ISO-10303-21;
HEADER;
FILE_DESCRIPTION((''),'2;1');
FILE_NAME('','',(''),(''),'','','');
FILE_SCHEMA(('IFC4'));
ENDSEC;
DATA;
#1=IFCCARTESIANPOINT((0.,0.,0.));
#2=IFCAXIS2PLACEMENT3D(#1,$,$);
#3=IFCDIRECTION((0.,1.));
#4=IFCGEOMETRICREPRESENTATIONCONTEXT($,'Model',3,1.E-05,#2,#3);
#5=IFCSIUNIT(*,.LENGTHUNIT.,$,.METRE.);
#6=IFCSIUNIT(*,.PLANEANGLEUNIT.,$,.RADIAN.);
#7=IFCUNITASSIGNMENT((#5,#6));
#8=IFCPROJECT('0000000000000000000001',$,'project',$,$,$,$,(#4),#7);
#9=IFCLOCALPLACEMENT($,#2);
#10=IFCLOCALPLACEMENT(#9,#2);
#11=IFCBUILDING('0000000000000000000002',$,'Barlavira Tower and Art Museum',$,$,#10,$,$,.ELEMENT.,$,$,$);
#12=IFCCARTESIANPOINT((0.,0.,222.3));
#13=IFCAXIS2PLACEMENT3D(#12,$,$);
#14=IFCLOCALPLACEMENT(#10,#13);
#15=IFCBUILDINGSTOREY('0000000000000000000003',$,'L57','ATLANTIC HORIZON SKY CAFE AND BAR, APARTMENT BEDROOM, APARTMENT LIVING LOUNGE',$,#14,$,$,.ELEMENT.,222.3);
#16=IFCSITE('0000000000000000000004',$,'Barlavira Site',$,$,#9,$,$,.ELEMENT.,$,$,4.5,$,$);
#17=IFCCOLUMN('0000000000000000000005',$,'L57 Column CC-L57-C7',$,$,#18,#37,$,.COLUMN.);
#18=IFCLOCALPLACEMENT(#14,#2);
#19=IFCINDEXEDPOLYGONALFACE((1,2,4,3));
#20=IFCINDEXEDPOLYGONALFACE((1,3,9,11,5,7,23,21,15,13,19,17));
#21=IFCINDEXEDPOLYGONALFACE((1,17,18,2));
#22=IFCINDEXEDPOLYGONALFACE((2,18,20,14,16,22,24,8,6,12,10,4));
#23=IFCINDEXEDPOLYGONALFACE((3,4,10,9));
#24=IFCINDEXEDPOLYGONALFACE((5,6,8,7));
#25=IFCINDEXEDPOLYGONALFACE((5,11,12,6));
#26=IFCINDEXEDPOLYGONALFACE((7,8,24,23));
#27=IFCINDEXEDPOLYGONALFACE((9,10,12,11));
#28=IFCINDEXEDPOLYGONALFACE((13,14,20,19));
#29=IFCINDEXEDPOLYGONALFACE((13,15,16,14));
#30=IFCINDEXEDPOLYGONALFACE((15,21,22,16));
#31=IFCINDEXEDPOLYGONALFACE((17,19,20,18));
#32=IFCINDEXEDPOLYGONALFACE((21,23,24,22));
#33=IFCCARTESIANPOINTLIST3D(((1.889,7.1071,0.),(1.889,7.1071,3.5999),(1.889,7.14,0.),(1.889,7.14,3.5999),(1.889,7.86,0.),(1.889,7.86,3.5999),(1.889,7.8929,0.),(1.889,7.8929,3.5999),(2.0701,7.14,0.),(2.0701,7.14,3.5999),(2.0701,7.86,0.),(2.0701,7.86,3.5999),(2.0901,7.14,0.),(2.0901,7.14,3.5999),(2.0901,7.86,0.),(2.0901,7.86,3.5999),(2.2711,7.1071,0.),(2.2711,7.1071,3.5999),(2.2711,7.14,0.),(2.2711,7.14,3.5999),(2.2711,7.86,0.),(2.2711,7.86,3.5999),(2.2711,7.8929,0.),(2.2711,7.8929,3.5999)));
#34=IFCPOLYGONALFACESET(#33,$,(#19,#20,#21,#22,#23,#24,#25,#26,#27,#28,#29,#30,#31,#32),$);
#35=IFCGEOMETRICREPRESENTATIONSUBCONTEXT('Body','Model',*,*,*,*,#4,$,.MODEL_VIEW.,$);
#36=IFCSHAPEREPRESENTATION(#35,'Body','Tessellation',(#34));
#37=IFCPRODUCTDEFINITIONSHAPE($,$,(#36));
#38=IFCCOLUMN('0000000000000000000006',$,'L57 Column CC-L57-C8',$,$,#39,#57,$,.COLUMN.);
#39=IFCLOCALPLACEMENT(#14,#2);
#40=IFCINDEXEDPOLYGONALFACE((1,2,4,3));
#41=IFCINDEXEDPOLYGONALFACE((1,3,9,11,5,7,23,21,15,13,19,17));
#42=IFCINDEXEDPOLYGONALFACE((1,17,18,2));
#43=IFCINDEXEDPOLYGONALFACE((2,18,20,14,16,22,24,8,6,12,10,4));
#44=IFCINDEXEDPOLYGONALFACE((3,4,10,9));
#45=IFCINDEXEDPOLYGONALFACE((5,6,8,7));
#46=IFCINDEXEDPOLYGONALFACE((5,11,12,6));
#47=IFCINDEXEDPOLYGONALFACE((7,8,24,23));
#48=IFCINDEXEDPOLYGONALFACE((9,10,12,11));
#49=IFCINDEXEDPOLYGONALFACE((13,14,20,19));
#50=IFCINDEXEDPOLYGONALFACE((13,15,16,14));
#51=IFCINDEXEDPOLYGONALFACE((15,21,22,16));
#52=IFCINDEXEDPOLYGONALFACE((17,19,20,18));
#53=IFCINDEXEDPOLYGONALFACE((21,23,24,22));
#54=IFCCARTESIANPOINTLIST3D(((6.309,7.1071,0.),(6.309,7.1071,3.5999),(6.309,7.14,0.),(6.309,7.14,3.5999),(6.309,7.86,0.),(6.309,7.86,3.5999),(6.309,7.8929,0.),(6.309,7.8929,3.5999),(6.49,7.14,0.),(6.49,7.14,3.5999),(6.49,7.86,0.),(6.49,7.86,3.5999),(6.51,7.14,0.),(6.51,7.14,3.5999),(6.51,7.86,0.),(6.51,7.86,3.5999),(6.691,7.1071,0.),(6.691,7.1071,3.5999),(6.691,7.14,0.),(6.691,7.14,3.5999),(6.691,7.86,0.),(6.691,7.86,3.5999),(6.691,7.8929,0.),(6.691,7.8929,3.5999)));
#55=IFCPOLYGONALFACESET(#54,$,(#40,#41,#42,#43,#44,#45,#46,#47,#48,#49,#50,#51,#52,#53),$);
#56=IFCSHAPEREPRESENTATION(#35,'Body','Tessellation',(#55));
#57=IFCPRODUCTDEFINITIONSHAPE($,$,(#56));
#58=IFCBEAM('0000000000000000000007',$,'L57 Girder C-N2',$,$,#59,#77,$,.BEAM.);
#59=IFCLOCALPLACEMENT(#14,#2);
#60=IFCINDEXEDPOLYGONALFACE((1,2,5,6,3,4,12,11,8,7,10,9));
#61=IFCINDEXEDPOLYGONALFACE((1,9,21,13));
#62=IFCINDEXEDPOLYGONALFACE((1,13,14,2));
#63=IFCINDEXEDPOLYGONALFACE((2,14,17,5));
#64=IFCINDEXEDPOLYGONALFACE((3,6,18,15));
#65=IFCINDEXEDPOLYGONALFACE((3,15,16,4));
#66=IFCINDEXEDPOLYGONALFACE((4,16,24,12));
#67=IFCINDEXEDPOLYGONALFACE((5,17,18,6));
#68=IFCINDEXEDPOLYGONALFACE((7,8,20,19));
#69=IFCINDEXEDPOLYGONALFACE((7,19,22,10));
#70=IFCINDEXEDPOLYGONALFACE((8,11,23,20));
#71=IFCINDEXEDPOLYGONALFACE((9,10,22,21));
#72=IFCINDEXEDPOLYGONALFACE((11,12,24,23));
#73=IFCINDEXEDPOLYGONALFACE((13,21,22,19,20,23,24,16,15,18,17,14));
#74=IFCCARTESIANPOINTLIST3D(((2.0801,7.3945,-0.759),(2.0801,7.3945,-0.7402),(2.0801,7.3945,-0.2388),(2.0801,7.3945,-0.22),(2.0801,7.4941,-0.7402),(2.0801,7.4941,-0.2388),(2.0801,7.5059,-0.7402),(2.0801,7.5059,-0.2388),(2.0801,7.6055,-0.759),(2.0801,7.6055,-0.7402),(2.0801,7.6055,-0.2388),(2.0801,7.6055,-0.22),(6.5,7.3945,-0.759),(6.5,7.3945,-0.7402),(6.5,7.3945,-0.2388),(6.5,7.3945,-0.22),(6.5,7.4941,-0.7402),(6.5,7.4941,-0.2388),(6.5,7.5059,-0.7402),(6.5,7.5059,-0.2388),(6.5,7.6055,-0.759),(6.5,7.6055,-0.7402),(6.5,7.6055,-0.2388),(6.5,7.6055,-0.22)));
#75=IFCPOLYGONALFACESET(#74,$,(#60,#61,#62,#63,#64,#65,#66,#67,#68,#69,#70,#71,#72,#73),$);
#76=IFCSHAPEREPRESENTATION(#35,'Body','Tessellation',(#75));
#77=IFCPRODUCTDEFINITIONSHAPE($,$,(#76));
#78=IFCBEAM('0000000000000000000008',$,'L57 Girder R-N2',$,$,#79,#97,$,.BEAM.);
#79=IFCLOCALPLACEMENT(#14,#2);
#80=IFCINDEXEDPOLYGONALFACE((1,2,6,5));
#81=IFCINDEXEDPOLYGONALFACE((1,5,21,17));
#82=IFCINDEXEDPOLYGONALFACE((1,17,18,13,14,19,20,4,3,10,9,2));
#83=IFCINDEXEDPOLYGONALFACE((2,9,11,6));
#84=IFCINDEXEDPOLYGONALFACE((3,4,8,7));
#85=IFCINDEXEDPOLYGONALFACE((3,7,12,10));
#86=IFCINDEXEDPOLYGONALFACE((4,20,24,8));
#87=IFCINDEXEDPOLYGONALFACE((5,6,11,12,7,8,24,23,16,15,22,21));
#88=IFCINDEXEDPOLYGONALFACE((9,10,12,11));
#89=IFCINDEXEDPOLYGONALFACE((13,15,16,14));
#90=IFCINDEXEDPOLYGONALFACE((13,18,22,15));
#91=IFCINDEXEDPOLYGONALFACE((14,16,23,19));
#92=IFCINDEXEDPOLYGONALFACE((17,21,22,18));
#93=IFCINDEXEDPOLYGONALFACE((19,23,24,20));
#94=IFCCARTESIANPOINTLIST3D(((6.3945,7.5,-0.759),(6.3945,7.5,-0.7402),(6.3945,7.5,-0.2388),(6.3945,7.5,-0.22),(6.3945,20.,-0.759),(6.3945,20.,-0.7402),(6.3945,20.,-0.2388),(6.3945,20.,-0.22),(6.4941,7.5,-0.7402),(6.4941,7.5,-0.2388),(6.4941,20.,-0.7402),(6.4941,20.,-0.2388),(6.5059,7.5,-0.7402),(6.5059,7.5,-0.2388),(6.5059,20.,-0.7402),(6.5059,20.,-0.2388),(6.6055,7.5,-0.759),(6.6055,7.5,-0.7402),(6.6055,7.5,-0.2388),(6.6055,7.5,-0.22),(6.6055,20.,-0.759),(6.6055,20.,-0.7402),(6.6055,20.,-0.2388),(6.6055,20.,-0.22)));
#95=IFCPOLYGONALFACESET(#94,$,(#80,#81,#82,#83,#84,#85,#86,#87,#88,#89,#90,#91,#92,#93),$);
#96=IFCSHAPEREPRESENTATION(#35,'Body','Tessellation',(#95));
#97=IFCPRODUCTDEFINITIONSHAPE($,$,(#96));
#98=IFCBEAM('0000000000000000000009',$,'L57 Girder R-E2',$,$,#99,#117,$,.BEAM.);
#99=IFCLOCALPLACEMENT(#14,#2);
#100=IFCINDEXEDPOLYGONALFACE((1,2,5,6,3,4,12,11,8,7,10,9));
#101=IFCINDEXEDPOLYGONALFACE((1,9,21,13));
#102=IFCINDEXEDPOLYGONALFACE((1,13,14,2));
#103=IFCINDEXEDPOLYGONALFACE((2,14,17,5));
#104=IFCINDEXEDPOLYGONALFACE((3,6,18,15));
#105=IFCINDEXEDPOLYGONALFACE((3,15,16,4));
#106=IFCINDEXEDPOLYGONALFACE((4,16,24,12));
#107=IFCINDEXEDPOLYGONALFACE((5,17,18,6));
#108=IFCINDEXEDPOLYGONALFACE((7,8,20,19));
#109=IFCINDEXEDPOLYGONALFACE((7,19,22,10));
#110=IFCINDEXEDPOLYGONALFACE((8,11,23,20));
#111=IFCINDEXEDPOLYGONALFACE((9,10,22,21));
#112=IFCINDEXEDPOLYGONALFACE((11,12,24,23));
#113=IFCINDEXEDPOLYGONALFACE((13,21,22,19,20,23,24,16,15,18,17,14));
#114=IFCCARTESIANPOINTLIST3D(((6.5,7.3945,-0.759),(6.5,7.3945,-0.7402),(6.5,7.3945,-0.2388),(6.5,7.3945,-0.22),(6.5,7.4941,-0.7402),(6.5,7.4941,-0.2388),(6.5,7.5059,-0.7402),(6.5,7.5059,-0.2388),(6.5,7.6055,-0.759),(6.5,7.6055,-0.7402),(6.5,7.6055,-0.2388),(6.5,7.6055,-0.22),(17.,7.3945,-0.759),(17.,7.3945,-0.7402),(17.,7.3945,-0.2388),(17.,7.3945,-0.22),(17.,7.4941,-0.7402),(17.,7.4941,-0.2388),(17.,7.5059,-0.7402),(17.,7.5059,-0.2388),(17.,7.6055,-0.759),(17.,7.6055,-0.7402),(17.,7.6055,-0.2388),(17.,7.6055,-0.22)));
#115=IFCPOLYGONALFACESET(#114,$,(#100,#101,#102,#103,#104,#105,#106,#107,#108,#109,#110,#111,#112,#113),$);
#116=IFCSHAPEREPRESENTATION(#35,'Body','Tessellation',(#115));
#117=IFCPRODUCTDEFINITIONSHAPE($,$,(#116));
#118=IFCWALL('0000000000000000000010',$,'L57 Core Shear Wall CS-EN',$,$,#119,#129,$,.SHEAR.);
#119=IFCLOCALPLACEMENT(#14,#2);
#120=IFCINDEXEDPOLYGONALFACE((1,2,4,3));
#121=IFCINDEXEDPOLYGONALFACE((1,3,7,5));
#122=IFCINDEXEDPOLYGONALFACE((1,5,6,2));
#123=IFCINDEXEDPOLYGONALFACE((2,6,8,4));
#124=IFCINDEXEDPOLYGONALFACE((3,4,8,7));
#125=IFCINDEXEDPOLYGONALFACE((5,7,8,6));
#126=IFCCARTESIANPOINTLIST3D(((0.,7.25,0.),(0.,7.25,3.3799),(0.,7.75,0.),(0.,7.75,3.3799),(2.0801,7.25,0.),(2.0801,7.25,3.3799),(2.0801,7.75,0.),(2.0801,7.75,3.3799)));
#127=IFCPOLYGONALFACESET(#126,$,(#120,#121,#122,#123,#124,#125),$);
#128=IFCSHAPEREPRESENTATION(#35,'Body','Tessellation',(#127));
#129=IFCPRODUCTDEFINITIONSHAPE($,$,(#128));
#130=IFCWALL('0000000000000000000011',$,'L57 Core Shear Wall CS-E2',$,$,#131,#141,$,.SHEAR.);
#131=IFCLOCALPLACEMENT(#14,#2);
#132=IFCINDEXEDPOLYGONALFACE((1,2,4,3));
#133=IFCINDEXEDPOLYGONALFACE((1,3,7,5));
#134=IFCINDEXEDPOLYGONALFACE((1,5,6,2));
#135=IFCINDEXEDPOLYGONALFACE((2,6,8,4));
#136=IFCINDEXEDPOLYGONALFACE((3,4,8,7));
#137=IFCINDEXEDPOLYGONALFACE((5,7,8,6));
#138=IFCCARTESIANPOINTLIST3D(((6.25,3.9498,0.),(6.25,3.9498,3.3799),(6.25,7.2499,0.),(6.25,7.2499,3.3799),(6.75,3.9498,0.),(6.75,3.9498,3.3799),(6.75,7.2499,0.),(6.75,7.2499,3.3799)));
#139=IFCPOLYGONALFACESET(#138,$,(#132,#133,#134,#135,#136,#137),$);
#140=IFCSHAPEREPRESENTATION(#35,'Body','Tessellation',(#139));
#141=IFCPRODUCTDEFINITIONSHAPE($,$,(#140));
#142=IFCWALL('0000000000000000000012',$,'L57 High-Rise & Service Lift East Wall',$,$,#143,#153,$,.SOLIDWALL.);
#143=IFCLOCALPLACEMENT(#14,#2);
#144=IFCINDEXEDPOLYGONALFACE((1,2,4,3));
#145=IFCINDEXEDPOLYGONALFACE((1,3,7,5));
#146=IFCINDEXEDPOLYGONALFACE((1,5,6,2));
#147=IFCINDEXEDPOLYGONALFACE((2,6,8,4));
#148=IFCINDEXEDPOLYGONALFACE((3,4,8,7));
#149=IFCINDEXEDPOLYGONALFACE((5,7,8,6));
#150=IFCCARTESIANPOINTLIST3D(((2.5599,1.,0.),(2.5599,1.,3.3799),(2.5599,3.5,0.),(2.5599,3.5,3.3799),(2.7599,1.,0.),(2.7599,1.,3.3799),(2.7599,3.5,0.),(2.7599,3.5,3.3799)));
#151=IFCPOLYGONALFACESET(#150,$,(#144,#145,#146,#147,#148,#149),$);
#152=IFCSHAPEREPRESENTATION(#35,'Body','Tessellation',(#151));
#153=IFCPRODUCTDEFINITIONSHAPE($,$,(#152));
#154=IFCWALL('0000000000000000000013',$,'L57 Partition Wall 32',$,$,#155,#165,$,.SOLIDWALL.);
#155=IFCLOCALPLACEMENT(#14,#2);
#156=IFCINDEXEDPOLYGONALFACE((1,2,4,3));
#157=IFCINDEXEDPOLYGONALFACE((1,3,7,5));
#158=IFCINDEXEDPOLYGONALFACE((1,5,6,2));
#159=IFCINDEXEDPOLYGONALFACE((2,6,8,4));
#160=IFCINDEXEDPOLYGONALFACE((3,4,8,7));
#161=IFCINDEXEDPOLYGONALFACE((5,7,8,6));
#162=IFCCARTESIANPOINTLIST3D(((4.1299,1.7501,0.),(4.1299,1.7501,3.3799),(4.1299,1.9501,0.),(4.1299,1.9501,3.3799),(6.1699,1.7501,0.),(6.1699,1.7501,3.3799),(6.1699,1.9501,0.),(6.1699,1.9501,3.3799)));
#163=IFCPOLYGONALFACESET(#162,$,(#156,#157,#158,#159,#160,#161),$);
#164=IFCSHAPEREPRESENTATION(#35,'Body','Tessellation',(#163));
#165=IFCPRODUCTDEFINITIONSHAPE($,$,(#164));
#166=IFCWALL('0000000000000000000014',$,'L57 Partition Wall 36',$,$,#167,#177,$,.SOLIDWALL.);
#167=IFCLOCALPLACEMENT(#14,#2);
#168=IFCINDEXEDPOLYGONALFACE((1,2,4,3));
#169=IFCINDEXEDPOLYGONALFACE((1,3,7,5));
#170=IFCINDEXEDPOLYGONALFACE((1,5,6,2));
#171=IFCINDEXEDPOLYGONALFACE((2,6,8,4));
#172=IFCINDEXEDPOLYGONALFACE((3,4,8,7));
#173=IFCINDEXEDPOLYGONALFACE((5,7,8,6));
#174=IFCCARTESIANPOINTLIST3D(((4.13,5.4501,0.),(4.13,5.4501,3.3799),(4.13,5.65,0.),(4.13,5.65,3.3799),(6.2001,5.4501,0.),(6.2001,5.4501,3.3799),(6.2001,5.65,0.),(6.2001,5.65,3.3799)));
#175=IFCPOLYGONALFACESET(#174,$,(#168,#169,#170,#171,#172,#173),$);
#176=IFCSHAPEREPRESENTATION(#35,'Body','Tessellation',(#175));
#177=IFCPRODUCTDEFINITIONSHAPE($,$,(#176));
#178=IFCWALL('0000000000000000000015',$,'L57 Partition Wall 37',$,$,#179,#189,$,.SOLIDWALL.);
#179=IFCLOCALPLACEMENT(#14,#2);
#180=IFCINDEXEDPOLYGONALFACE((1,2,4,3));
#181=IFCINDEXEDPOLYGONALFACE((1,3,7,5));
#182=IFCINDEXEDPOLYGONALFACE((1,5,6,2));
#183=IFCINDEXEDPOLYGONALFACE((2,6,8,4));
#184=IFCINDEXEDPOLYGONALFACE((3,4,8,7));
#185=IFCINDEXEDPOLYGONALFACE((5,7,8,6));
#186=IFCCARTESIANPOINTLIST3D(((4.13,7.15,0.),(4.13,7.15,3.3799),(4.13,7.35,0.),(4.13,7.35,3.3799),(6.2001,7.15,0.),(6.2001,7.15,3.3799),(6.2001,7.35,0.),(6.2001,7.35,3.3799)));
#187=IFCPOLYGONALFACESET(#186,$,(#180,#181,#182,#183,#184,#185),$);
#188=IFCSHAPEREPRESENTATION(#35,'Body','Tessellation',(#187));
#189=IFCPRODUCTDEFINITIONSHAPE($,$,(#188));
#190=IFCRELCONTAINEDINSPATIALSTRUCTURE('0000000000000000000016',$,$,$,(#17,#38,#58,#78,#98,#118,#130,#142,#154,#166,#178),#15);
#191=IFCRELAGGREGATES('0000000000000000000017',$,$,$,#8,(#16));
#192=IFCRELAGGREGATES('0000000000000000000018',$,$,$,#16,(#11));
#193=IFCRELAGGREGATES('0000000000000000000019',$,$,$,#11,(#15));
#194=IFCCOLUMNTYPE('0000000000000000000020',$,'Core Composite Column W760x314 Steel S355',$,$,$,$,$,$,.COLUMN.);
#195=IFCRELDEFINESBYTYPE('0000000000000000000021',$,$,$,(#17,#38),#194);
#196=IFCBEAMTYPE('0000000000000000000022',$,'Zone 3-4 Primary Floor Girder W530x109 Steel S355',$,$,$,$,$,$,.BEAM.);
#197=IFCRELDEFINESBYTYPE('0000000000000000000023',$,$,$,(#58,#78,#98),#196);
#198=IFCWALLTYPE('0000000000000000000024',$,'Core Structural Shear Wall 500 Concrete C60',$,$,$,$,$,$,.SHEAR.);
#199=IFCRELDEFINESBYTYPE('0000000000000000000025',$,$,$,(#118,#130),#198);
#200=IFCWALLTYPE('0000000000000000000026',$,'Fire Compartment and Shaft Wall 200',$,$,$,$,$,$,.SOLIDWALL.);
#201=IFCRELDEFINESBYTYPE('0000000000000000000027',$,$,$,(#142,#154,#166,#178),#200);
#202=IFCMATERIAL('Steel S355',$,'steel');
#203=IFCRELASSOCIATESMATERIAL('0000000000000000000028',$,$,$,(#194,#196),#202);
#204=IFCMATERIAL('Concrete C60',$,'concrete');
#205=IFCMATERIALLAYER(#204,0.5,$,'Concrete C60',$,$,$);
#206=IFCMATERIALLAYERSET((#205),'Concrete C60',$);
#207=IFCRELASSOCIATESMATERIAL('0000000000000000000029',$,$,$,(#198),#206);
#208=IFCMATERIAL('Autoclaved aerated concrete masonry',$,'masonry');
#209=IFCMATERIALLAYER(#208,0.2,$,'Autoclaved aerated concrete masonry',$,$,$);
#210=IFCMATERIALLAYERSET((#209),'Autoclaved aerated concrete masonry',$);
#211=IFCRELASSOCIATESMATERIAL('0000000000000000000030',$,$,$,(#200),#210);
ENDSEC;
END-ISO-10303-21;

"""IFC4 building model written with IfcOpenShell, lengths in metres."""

from ifc_helpers import new_model, si_unit, direction, frame, frame_2d, origin, origin_2d, place, context, subcontext, project, spatial, rectangle, i_section, extrude, material, layer, layer_set, material_profile, profile_set, type_object, element, save


model = new_model("IFC4")

# Units and contexts
model_context = context("Model", 3, precision=1e-05, world=origin(), true_north=direction((0.0, 1.0)))
body_context = subcontext(model_context, "Body", "Model", "MODEL_VIEW")
ifc_project = project(units=[si_unit("LENGTHUNIT", "METRE"), si_unit("PLANEANGLEUNIT", "RADIAN")], contexts=[model_context])

# Site, building, storey
site_placement = place(None, origin())
site = spatial("IfcSite", under=ifc_project, at=site_placement, Name="Barlavira Site", CompositionType="ELEMENT", RefElevation=4.5)
building_placement = place(site_placement, origin())
building = spatial("IfcBuilding", under=site, at=building_placement, Name="Barlavira Tower and Art Museum", CompositionType="ELEMENT")
storey_placement = place(building_placement, frame((0.0, 0.0, 222.3)))
storey = spatial("IfcBuildingStorey", under=building, at=storey_placement, Name="L57", Description="ATLANTIC HORIZON SKY CAFE AND BAR, APARTMENT BEDROOM, APARTMENT LIVING LOUNGE", CompositionType="ELEMENT", Elevation=222.3)

# Columns
ifc_material_1 = material(Name="Steel S355", Category="steel")
ifc_material_profile_1 = material_profile(ifc_material_1, i_section(OverallWidth=0.3821, OverallDepth=0.7859, WebThickness=0.02, FlangeThickness=0.033, at=origin_2d()), Name="W760x314.0")
ifc_profile_set_1 = profile_set([ifc_material_profile_1], Name="Steel S355")
column_type = type_object("IfcColumnType", Name="Core Composite Column W760x314 Steel S355", PredefinedType="COLUMN", material=ifc_profile_set_1)
for number, where, z_axis, x_axis, name in (
    (1, (2.0801, 7.5, 0.0), (0.0, 0.0, 1.0), (1.0, 0.0, 0.0), "L57 Column CC-L57-C7"),
    (2, (6.5, 7.5, 0.0), (0.0, 0.0, 1.0), (1.0, 0.0, 0.0), "L57 Column CC-L57-C8"),
):
    element("IfcColumn", number, at=place(storey_placement, frame(where, z_axis=z_axis, x_axis=x_axis)), inside=storey, type_object=column_type, Name=name, PredefinedType="COLUMN", context=body_context, shape_type="SweptSolid", body=[
        extrude(i_section(OverallWidth=0.3821, OverallDepth=0.7859, WebThickness=0.02, FlangeThickness=0.033, at=origin_2d()), origin(), (0.0, 0.0, 1.0), 3.5999),
    ])

# Beams
ifc_material_profile_2 = material_profile(ifc_material_1, i_section(OverallWidth=0.2109, OverallDepth=0.5391, WebThickness=0.0117, FlangeThickness=0.0188, at=origin_2d()), Name="W530x109.0")
ifc_profile_set_2 = profile_set([ifc_material_profile_2], Name="Steel S355")
beam_type = type_object("IfcBeamType", Name="Zone 3-4 Primary Floor Girder W530x109 Steel S355", PredefinedType="BEAM", material=ifc_profile_set_2)
beam_1_placement = place(storey_placement, frame((2.0801, 7.5, -0.4895), z_axis=(1.0, 0.0, 0.0), x_axis=(0.0, 1.0, 0.0)))
element("IfcBeam", 3, at=beam_1_placement, inside=storey, type_object=beam_type, Name="L57 Girder C-N2", PredefinedType="BEAM", context=body_context, shape_type="SweptSolid", body=[
    extrude(i_section(OverallWidth=0.2109, OverallDepth=0.5391, WebThickness=0.0117, FlangeThickness=0.0188, at=origin_2d()), origin(), (0.0, 0.0, 1.0), 4.4199),
])
beam_2_placement = place(storey_placement, frame((6.5, 7.5, -0.4895), z_axis=(0.0, 1.0, 0.0), x_axis=(-1.0, 0.0, 0.0)))
element("IfcBeam", 4, at=beam_2_placement, inside=storey, type_object=beam_type, Name="L57 Girder R-N2", PredefinedType="BEAM", context=body_context, shape_type="SweptSolid", body=[
    extrude(i_section(OverallWidth=0.2109, OverallDepth=0.5391, WebThickness=0.0117, FlangeThickness=0.0188, at=origin_2d()), origin(), (0.0, 0.0, 1.0), 12.5),
])
beam_3_placement = place(storey_placement, frame((6.5, 7.5, -0.4895), z_axis=(1.0, 0.0, 0.0), x_axis=(0.0, 1.0, 0.0)))
element("IfcBeam", 5, at=beam_3_placement, inside=storey, type_object=beam_type, Name="L57 Girder R-E2", PredefinedType="BEAM", context=body_context, shape_type="SweptSolid", body=[
    extrude(i_section(OverallWidth=0.2109, OverallDepth=0.5391, WebThickness=0.0117, FlangeThickness=0.0188, at=origin_2d()), origin(), (0.0, 0.0, 1.0), 10.5),
])

# Walls
ifc_material_2 = material(Name="Concrete C60", Category="concrete")
ifc_layer_1 = layer(ifc_material_2, 0.5, Name="Concrete C60")
ifc_layer_set_1 = layer_set([ifc_layer_1], Name="Concrete C60")
wall_type_1 = type_object("IfcWallType", Name="Core Structural Shear Wall 500 Concrete C60", PredefinedType="SHEAR", material=ifc_layer_set_1)
wall_1_placement = place(storey_placement, frame((0.0, 7.5, 0.0), z_axis=(0.0, 0.0, 1.0), x_axis=(1.0, 0.0, 0.0)))
element("IfcWall", 6, at=wall_1_placement, inside=storey, type_object=wall_type_1, Name="L57 Core Shear Wall CS-EN", PredefinedType="SHEAR", context=body_context, shape_type="SweptSolid", body=[
    extrude(rectangle(XDim=2.0801, YDim=0.5, at=frame_2d((1.04, 0.0))), origin(), (0.0, 0.0, 1.0), 3.3799),
])
wall_2_placement = place(storey_placement, frame((6.5, 3.95, 0.0), z_axis=(0.0, 0.0, 1.0), x_axis=(0.0, 1.0, 0.0)))
element("IfcWall", 7, at=wall_2_placement, inside=storey, type_object=wall_type_1, Name="L57 Core Shear Wall CS-E2", PredefinedType="SHEAR", context=body_context, shape_type="SweptSolid", body=[
    extrude(rectangle(XDim=3.3, YDim=0.5, at=frame_2d((1.6499, 0.0))), origin(), (0.0, 0.0, 1.0), 3.3799),
])
ifc_material_3 = material(Name="Autoclaved aerated concrete masonry", Category="masonry")
ifc_layer_2 = layer(ifc_material_3, 0.2, Name="Autoclaved aerated concrete masonry")
ifc_layer_set_2 = layer_set([ifc_layer_2], Name="Autoclaved aerated concrete masonry")
wall_type_2 = type_object("IfcWallType", Name="Fire Compartment and Shaft Wall 200", PredefinedType="SOLIDWALL", material=ifc_layer_set_2)
wall_3_placement = place(storey_placement, frame((2.6599, 1.0, 0.0), z_axis=(0.0, 0.0, 1.0), x_axis=(0.0, 1.0, 0.0)))
element("IfcWall", 8, at=wall_3_placement, inside=storey, type_object=wall_type_2, Name="L57 High-Rise & Service Lift East Wall", PredefinedType="SOLIDWALL", context=body_context, shape_type="SweptSolid", body=[
    extrude(rectangle(XDim=2.5, YDim=0.2, at=frame_2d((1.25, 0.0))), origin(), (0.0, 0.0, 1.0), 3.3799),
])

# Wall
wall_4_placement = place(storey_placement, frame((4.1299, 1.8501, 0.0), z_axis=(0.0, 0.0, 1.0), x_axis=(1.0, 0.0, 0.0)))
element("IfcWall", 9, at=wall_4_placement, inside=storey, type_object=wall_type_2, Name="L57 Partition Wall 32", PredefinedType="SOLIDWALL", context=body_context, shape_type="SweptSolid", body=[
    extrude(rectangle(XDim=2.04, YDim=0.2, at=frame_2d((1.02, 0.0))), origin(), (0.0, 0.0, 1.0), 3.3799),
])

# Walls
for number, where, z_axis, x_axis, name in (
    (10, (4.1299, 5.55, 0.0), (0.0, 0.0, 1.0), (1.0, 0.0, 0.0), "L57 Partition Wall 36"),
    (11, (4.1299, 7.25, 0.0), (0.0, 0.0, 1.0), (1.0, 0.0, 0.0), "L57 Partition Wall 37"),
):
    element("IfcWall", number, at=place(storey_placement, frame(where, z_axis=z_axis, x_axis=x_axis)), inside=storey, type_object=wall_type_2, Name=name, PredefinedType="SOLIDWALL", context=body_context, shape_type="SweptSolid", body=[
        extrude(rectangle(XDim=2.0701, YDim=0.2, at=frame_2d((1.0352, 0.0))), origin(), (0.0, 0.0, 1.0), 3.3799),
    ])

save(model, "model.ifc")
